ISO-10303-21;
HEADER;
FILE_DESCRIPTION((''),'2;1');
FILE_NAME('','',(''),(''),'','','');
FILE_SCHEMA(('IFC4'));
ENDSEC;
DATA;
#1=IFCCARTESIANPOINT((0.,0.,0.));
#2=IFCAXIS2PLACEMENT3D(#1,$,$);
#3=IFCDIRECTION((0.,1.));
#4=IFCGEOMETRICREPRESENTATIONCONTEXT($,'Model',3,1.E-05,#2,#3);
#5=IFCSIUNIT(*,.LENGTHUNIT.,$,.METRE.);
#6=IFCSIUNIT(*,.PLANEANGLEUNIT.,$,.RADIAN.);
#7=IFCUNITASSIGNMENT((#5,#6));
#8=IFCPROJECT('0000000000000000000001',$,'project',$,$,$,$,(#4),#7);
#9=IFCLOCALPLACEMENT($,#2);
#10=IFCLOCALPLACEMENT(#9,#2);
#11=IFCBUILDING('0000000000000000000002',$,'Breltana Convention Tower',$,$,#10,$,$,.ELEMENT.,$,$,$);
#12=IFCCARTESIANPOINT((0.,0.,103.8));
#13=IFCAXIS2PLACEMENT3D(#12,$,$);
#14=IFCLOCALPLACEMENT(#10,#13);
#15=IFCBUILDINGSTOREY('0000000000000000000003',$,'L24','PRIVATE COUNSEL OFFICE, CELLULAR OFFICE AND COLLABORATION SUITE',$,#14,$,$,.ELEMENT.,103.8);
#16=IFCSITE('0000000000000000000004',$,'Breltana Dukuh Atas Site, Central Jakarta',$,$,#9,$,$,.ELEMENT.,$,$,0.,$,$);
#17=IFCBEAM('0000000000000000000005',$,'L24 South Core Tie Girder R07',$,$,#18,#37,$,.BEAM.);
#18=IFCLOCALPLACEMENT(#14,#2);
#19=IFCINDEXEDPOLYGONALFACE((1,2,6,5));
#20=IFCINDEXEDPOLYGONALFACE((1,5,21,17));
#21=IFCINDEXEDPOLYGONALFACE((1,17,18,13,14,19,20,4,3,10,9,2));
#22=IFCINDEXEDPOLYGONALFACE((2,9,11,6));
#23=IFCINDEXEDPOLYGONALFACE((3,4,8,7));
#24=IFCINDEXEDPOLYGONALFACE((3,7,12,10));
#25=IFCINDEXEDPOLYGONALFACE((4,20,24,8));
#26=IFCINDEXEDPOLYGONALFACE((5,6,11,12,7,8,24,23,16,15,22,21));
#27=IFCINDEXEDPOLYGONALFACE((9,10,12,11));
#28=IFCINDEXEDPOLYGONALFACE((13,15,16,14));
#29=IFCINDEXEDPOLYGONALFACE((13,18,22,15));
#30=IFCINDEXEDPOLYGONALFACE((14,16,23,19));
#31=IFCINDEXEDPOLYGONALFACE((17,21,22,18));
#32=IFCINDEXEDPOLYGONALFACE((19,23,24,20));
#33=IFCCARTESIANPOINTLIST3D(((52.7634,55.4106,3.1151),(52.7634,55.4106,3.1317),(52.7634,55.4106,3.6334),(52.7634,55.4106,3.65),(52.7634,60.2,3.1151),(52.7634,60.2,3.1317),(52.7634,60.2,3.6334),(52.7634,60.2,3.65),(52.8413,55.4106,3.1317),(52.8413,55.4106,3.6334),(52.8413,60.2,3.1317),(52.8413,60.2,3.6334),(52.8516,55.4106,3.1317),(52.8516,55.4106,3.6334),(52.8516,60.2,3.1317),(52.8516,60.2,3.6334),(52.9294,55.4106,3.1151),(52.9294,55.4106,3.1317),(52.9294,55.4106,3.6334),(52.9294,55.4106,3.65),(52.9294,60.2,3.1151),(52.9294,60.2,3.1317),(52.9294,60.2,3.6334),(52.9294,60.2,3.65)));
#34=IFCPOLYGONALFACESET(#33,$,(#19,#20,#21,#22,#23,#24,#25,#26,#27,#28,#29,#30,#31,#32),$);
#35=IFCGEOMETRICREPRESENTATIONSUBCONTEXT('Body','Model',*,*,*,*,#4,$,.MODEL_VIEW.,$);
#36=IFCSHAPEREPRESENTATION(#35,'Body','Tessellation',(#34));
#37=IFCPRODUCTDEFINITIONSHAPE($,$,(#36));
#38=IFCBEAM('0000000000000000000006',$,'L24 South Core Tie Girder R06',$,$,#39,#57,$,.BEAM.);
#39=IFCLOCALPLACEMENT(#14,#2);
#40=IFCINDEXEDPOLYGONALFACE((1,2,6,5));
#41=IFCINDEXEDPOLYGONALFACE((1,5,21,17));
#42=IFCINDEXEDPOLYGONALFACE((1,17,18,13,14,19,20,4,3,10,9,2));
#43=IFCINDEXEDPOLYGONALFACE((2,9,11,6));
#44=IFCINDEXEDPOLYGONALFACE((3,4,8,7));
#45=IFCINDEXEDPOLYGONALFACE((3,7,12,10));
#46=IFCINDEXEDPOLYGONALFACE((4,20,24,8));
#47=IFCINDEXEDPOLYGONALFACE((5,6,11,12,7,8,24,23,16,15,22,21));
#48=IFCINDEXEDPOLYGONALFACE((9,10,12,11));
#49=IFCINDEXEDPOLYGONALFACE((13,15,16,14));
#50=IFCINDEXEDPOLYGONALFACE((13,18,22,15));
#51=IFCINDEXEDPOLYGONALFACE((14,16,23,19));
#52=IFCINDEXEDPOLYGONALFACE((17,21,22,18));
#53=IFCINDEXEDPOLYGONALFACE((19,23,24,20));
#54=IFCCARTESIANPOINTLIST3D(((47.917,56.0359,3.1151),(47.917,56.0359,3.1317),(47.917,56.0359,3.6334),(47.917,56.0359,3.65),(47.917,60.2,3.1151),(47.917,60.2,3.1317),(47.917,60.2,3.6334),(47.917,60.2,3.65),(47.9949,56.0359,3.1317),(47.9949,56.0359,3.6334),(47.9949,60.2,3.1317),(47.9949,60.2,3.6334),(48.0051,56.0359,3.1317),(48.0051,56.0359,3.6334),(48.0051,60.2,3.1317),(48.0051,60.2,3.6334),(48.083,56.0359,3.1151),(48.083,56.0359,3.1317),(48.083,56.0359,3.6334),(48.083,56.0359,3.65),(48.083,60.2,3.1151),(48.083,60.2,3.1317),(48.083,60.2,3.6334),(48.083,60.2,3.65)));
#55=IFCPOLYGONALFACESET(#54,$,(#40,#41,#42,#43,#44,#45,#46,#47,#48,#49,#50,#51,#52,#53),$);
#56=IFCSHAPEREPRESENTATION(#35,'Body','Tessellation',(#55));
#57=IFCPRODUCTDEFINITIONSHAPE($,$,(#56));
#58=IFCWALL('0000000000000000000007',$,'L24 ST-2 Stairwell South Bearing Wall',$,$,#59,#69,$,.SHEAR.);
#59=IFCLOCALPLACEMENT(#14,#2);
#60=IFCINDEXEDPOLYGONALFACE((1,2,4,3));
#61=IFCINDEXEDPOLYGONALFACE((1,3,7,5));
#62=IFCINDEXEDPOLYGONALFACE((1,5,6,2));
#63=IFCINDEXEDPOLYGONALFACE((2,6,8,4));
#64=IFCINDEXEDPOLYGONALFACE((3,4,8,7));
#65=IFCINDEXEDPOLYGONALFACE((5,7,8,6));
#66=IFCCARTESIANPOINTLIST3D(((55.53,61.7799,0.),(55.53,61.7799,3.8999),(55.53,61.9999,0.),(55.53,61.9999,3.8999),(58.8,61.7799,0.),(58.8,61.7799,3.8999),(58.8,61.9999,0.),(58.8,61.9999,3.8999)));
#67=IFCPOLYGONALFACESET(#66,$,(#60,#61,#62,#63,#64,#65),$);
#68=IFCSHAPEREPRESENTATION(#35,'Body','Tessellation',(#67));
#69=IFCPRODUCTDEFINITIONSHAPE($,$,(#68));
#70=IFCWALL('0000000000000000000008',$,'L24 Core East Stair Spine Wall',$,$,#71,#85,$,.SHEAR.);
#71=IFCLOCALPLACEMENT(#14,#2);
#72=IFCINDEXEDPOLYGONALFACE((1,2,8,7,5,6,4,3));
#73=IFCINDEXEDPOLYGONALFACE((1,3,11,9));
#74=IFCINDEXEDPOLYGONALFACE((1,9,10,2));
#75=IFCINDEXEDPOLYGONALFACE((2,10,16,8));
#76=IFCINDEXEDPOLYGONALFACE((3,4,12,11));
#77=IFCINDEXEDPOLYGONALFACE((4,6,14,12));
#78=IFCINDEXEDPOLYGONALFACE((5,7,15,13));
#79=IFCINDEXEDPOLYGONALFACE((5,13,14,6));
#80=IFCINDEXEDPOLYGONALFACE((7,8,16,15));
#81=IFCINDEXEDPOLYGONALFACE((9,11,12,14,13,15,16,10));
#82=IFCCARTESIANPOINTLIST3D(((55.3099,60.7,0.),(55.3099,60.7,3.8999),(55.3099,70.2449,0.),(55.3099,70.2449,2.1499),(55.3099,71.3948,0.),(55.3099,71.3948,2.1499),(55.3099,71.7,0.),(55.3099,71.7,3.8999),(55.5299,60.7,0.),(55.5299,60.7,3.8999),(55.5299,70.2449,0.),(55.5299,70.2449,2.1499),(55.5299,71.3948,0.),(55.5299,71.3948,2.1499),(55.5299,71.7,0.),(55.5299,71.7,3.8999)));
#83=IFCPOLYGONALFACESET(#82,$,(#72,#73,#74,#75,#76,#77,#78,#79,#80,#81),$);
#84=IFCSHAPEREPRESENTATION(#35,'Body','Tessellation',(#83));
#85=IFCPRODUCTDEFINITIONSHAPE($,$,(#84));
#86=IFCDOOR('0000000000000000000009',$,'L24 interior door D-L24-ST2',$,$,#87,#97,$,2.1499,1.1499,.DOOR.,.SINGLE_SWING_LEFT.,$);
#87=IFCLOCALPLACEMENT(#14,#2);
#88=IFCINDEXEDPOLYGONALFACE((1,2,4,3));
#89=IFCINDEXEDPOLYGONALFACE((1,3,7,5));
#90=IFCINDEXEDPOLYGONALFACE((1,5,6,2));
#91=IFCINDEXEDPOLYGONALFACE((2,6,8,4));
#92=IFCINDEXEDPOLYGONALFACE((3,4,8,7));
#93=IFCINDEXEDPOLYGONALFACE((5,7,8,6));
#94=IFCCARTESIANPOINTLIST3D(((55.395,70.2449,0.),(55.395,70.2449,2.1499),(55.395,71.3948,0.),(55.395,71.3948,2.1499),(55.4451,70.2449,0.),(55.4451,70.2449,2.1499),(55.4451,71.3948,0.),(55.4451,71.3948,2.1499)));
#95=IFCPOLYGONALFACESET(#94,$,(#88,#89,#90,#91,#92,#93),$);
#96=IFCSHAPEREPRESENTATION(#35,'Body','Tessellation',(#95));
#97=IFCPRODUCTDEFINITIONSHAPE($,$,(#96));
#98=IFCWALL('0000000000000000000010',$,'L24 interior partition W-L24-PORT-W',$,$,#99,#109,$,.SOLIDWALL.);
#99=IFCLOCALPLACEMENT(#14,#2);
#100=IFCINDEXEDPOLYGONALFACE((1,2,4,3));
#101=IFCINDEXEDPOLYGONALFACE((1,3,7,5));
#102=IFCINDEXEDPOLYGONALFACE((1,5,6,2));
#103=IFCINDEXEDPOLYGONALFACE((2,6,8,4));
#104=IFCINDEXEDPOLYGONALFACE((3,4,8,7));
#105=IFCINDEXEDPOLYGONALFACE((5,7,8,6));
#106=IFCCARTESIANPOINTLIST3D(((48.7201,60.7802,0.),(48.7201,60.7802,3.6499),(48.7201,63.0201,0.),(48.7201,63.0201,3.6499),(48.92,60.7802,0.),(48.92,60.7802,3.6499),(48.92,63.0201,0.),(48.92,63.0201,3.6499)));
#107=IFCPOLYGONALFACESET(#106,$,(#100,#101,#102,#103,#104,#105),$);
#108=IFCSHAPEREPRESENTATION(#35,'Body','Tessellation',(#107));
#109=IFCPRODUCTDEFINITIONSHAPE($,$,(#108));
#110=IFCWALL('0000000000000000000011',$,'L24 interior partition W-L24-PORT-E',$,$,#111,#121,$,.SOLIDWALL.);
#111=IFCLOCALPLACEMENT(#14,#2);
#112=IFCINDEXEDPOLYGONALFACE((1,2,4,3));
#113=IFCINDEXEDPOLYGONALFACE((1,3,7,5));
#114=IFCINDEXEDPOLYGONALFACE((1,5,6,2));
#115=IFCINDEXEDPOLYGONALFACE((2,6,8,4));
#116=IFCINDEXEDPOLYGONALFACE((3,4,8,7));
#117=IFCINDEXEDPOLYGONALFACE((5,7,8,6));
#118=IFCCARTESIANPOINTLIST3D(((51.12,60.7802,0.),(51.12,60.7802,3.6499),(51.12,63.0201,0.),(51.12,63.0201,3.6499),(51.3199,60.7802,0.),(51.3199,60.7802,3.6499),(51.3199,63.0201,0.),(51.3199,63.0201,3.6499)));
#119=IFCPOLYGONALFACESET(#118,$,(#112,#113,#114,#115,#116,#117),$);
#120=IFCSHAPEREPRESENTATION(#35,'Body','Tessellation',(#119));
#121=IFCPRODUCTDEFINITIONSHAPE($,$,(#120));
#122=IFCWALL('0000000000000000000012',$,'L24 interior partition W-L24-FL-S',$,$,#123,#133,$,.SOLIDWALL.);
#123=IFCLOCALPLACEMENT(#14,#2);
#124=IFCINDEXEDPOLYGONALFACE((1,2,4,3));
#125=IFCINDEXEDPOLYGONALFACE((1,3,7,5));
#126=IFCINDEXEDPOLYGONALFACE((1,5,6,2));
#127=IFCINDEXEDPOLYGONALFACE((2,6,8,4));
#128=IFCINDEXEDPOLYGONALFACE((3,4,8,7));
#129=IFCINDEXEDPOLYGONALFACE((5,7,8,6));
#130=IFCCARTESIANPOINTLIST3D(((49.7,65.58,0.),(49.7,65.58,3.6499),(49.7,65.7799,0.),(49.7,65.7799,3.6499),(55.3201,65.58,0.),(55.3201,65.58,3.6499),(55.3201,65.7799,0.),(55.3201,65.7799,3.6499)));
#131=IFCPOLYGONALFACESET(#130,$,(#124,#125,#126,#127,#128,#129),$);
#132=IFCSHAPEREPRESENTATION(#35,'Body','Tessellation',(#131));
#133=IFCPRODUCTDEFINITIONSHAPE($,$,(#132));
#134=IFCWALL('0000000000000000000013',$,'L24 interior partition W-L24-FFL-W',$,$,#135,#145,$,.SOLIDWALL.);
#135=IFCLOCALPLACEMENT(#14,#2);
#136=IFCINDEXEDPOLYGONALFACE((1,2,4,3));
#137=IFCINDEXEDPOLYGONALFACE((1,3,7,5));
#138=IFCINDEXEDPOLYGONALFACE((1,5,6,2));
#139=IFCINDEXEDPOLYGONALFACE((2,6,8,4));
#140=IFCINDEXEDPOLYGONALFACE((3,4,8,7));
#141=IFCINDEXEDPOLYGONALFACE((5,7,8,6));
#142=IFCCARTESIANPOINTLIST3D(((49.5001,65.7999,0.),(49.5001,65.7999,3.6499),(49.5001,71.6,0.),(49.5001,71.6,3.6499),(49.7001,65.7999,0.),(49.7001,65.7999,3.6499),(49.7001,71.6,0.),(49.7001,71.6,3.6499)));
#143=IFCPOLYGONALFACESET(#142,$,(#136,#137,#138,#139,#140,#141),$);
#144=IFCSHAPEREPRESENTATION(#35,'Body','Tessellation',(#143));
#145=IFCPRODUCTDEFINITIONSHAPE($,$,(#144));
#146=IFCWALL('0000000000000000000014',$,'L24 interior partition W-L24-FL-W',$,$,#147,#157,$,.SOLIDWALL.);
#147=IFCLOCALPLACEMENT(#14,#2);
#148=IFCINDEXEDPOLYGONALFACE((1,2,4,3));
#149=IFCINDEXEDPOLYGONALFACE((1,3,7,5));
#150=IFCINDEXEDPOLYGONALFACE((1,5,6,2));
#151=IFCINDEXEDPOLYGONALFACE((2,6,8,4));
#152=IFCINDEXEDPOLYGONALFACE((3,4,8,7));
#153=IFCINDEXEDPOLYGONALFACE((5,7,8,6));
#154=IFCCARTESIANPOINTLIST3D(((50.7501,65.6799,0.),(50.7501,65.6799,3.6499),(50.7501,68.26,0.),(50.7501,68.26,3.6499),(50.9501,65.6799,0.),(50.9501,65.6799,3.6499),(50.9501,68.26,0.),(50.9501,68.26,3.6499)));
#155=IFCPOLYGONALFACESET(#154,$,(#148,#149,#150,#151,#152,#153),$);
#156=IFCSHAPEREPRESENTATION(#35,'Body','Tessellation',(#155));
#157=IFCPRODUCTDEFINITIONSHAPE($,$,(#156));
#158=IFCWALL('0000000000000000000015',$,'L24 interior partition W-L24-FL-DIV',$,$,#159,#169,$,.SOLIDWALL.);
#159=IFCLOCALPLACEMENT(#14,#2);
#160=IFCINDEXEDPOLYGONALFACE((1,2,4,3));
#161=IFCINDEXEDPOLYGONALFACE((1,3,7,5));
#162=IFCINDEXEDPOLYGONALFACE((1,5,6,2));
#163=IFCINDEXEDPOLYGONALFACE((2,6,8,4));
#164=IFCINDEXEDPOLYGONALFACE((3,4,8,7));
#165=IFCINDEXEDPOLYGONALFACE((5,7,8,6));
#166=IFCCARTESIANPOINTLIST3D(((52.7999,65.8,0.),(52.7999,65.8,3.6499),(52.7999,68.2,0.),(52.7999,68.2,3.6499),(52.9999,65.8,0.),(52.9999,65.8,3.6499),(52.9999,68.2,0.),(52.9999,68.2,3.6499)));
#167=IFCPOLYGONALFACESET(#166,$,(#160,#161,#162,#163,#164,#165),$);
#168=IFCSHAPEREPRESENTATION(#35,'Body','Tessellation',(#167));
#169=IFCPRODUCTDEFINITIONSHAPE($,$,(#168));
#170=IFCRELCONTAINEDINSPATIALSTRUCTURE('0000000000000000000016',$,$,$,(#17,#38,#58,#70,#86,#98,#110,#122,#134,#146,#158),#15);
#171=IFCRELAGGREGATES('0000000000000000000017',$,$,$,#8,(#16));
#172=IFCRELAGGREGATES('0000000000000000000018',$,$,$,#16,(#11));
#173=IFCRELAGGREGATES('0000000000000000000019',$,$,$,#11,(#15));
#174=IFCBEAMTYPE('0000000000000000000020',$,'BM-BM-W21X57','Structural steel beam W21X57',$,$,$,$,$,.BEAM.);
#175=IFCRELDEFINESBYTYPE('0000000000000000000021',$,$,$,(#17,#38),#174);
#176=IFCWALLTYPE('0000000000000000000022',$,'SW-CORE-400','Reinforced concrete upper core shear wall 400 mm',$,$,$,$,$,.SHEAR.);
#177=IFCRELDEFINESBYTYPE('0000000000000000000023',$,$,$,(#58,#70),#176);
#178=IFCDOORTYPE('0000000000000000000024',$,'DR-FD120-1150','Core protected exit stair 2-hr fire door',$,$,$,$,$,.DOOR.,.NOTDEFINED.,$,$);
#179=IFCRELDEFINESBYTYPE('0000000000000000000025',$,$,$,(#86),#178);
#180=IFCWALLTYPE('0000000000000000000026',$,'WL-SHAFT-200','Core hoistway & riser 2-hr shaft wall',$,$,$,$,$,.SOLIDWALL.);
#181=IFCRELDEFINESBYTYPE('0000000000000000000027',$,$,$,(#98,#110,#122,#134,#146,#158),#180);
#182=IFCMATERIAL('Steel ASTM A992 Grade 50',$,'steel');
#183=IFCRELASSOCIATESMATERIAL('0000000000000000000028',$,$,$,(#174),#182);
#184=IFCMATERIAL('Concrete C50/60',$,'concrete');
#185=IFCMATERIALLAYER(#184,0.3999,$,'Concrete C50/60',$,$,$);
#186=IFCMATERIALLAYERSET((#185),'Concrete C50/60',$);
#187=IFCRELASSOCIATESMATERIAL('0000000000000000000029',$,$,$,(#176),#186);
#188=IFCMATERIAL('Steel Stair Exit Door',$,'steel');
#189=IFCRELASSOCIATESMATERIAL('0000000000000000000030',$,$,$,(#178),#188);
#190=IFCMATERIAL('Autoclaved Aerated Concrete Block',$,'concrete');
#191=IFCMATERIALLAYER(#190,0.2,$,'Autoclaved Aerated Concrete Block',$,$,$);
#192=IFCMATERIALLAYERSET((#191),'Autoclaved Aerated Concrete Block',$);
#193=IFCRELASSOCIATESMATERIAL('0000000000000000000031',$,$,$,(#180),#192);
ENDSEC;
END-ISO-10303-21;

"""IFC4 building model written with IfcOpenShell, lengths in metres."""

from ifc_helpers import new_model, si_unit, direction, frame, frame_2d, origin, origin_2d, place, context, subcontext, project, spatial, rectangle, i_section, extrude, source, transform, mapped, material, layer, layer_set, material_profile, profile_set, type_object, type_shapes, element, fill, save


model = new_model("IFC4")

# Units and contexts
model_context = context("Model", 3, precision=1e-05, world=origin(), true_north=direction((0.0, 1.0)))
body_context = subcontext(model_context, "Body", "Model", "MODEL_VIEW")
ifc_project = project(units=[si_unit("LENGTHUNIT", "METRE"), si_unit("PLANEANGLEUNIT", "RADIAN")], contexts=[model_context])

# Site, building, storey
site_placement = place(None, origin())
site = spatial("IfcSite", under=ifc_project, at=site_placement, Name="Breltana Dukuh Atas Site, Central Jakarta", CompositionType="ELEMENT", RefElevation=0.0)
building_placement = place(site_placement, origin())
building = spatial("IfcBuilding", under=site, at=building_placement, Name="Breltana Convention Tower", CompositionType="ELEMENT")
storey_placement = place(building_placement, frame((0.0, 0.0, 103.8)))
storey = spatial("IfcBuildingStorey", under=building, at=storey_placement, Name="L24", Description="PRIVATE COUNSEL OFFICE, CELLULAR OFFICE AND COLLABORATION SUITE", CompositionType="ELEMENT", Elevation=103.8)

# Beams
ifc_material_1 = material(Name="Steel ASTM A992 Grade 50", Category="steel")
ifc_material_profile = material_profile(ifc_material_1, i_section(OverallWidth=0.166, OverallDepth=0.5349, WebThickness=0.0103, FlangeThickness=0.0166, at=origin_2d()), Name="W21X57")
ifc_profile_set = profile_set([ifc_material_profile], Name="Steel ASTM A992 Grade 50")
beam_type = type_object("IfcBeamType", Name="BM-BM-W21X57", Description="Structural steel beam W21X57", PredefinedType="BEAM", material=ifc_profile_set)
shared_shape_1 = source(origin(), body_context, "Body", "SweptSolid", [
    extrude(i_section(OverallWidth=0.166, OverallDepth=0.5349, WebThickness=0.0103, FlangeThickness=0.0166, at=origin_2d()), origin(), (0.0, 0.0, 1.0), 4.7893),
])
beam_1_placement = place(storey_placement, frame((52.8464, 60.2, 3.3826), z_axis=(0.0, -1.0, 0.0), x_axis=(1.0, 0.0, 0.0)))
element("IfcBeam", 1, at=beam_1_placement, inside=storey, type_object=beam_type, Name="L24 South Core Tie Girder R07", PredefinedType="BEAM", context=body_context, shape_type="MappedRepresentation", body=[
    mapped(shared_shape_1, transform((0.0, 0.0, 0.0), scale=1.0)),
])
shared_shape_2 = source(origin(), body_context, "Body", "SweptSolid", [
    extrude(i_section(OverallWidth=0.166, OverallDepth=0.5349, WebThickness=0.0103, FlangeThickness=0.0166, at=origin_2d()), origin(), (0.0, 0.0, 1.0), 4.1641),
])
beam_2_placement = place(storey_placement, frame((48.0, 60.2, 3.3826), z_axis=(0.0, -1.0, 0.0), x_axis=(1.0, 0.0, 0.0)))
element("IfcBeam", 2, at=beam_2_placement, inside=storey, type_object=beam_type, Name="L24 South Core Tie Girder R06", PredefinedType="BEAM", context=body_context, shape_type="MappedRepresentation", body=[
    mapped(shared_shape_2, transform((0.0, 0.0, 0.0), scale=1.0)),
])

# Wall
ifc_material_2 = material(Name="Concrete C50/60", Category="concrete")
ifc_layer_1 = layer(ifc_material_2, 0.3999, Name="Concrete C50/60")
ifc_layer_set_1 = layer_set([ifc_layer_1], Name="Concrete C50/60")
wall_type_1 = type_object("IfcWallType", Name="SW-CORE-400", Description="Reinforced concrete upper core shear wall 400 mm", PredefinedType="SHEAR", material=ifc_layer_set_1)
shared_shape_3 = source(origin(), body_context, "Body", "SweptSolid", [
    extrude(rectangle(XDim=3.27, YDim=0.22, at=frame_2d((1.635, 0.0))), origin(), (0.0, 0.0, 1.0), 3.8999),
])
wall_1_placement = place(storey_placement, frame((55.53, 61.8899, 0.0), z_axis=(0.0, 0.0, 1.0), x_axis=(1.0, 0.0, 0.0)))
element("IfcWall", 3, at=wall_1_placement, inside=storey, type_object=wall_type_1, Name="L24 ST-2 Stairwell South Bearing Wall", PredefinedType="SHEAR", context=body_context, shape_type="MappedRepresentation", body=[
    mapped(shared_shape_3, transform((0.0, 0.0, 0.0), scale=1.0)),
])

# Wall, opening, door
shared_shape_4 = source(origin(), body_context, "Body", "SweptSolid", [
    extrude(rectangle(XDim=11.0, YDim=0.22, at=frame_2d((5.5, 0.0))), origin(), (0.0, 0.0, 1.0), 3.8999),
])
wall_2_placement = place(storey_placement, frame((55.4199, 60.7, 0.0), z_axis=(0.0, 0.0, 1.0), x_axis=(0.0, 1.0, 0.0)))
wall_2 = element("IfcWall", 4, at=wall_2_placement, inside=storey, type_object=wall_type_1, Name="L24 Core East Stair Spine Wall", PredefinedType="SHEAR", context=body_context, shape_type="MappedRepresentation", body=[
    mapped(shared_shape_4, transform((0.0, 0.0, 0.0), scale=1.0)),
])
opening_1_placement = place(wall_2_placement, frame((9.5449, 0.0, 0.0)))
opening_1 = element("IfcOpeningElement", 5, at=opening_1_placement, cuts=wall_2, PredefinedType="OPENING", context=body_context, shape_type="SweptSolid", body=[
    extrude(rectangle(XDim=1.1499, YDim=2.1499, at=frame_2d((0.575, 1.075))), frame((0.0, 0.1201, 0.0), z_axis=(0.0, -1.0, 0.0), x_axis=(1.0, 0.0, 0.0)), (0.0, 0.0, 1.0), 0.24),
])
ifc_material_3 = material(Name="Steel Stair Exit Door", Category="steel")
door_type_1 = type_object("IfcDoorType", Name="DR-FD120-1150", Description="Core protected exit stair 2-hr fire door", OperationType="NOTDEFINED", PredefinedType="DOOR", material=ifc_material_3)
shared_shape_5 = source(origin(), body_context, "Body", "SweptSolid", [
    extrude(rectangle(XDim=1.1499, YDim=2.1499, at=frame_2d((0.575, 1.075))), frame((0.0, 0.0249, 0.0), z_axis=(0.0, -1.0, 0.0), x_axis=(1.0, 0.0, 0.0)), (0.0, 0.0, 1.0), 0.05),
])
type_shapes(door_type_1, [shared_shape_5])
door_1_placement = place(opening_1_placement, origin())
door_1 = element("IfcDoor", 6, at=door_1_placement, inside=storey, type_object=door_type_1, Name="L24 interior door D-L24-ST2", OperationType="SINGLE_SWING_LEFT", OverallHeight=2.1499, OverallWidth=1.1499, PredefinedType="DOOR", context=body_context, shape_type="MappedRepresentation", body=[
    mapped(shared_shape_5, transform((0.0, 0.0, 0.0), scale=1.0)),
])
fill(opening_1, door_1)

# Walls
ifc_material_4 = material(Name="Autoclaved Aerated Concrete Block", Category="concrete")
ifc_layer_2 = layer(ifc_material_4, 0.2, Name="Autoclaved Aerated Concrete Block")
ifc_layer_set_2 = layer_set([ifc_layer_2], Name="Autoclaved Aerated Concrete Block")
wall_type_2 = type_object("IfcWallType", Name="WL-SHAFT-200", Description="Core hoistway & riser 2-hr shaft wall", PredefinedType="SOLIDWALL", material=ifc_layer_set_2)
shared_shape_6 = source(origin(), body_context, "Body", "SweptSolid", [
    extrude(rectangle(XDim=2.24, YDim=0.2, at=frame_2d((1.1201, 0.0))), origin(), (0.0, 0.0, 1.0), 3.6499),
])
for number, where, z_axis, x_axis, name in (
    (7, (48.8201, 60.78, 0.0), (0.0, 0.0, 1.0), (0.0, 1.0, 0.0), "L24 interior partition W-L24-PORT-W"),
    (8, (51.22, 60.78, 0.0), (0.0, 0.0, 1.0), (0.0, 1.0, 0.0), "L24 interior partition W-L24-PORT-E"),
):
    element("IfcWall", number, at=place(storey_placement, frame(where, z_axis=z_axis, x_axis=x_axis)), inside=storey, type_object=wall_type_2, Name=name, PredefinedType="SOLIDWALL", context=body_context, shape_type="MappedRepresentation", body=[
        mapped(shared_shape_6, transform((0.0, 0.0, 0.0), scale=1.0)),
    ])

# Shared definitions
shared_shape_7 = source(origin(), body_context, "Body", "SweptSolid", [
    extrude(rectangle(XDim=5.6201, YDim=0.2, at=frame_2d((2.8101, 0.0))), origin(), (0.0, 0.0, 1.0), 3.6499),
])

# Walls
wall_3_placement = place(storey_placement, frame((49.7, 65.6799, 0.0), z_axis=(0.0, 0.0, 1.0), x_axis=(1.0, 0.0, 0.0)))
element("IfcWall", 9, at=wall_3_placement, inside=storey, type_object=wall_type_2, Name="L24 interior partition W-L24-FL-S", PredefinedType="SOLIDWALL", context=body_context, shape_type="MappedRepresentation", body=[
    mapped(shared_shape_7, transform((0.0, 0.0, 0.0), scale=1.0)),
])
shared_shape_8 = source(origin(), body_context, "Body", "SweptSolid", [
    extrude(rectangle(XDim=5.8, YDim=0.2, at=frame_2d((2.8999, 0.0))), origin(), (0.0, 0.0, 1.0), 3.6499),
])
wall_4_placement = place(storey_placement, frame((49.6001, 65.8, 0.0), z_axis=(0.0, 0.0, 1.0), x_axis=(0.0, 1.0, 0.0)))
element("IfcWall", 10, at=wall_4_placement, inside=storey, type_object=wall_type_2, Name="L24 interior partition W-L24-FFL-W", PredefinedType="SOLIDWALL", context=body_context, shape_type="MappedRepresentation", body=[
    mapped(shared_shape_8, transform((0.0, 0.0, 0.0), scale=1.0)),
])
shared_shape_9 = source(origin(), body_context, "Body", "SweptSolid", [
    extrude(rectangle(XDim=2.5801, YDim=0.2, at=frame_2d((1.29, 0.0))), origin(), (0.0, 0.0, 1.0), 3.6499),
])
wall_5_placement = place(storey_placement, frame((50.8501, 65.6799, 0.0), z_axis=(0.0, 0.0, 1.0), x_axis=(0.0, 1.0, 0.0)))
element("IfcWall", 11, at=wall_5_placement, inside=storey, type_object=wall_type_2, Name="L24 interior partition W-L24-FL-W", PredefinedType="SOLIDWALL", context=body_context, shape_type="MappedRepresentation", body=[
    mapped(shared_shape_9, transform((0.0, 0.0, 0.0), scale=1.0)),
])
shared_shape_10 = source(origin(), body_context, "Body", "SweptSolid", [
    extrude(rectangle(XDim=2.3999, YDim=0.2, at=frame_2d((1.2, 0.0))), origin(), (0.0, 0.0, 1.0), 3.6499),
])
for number, where, z_axis, x_axis, name in (
    (12, (52.8999, 65.8, 0.0), (0.0, 0.0, 1.0), (0.0, 1.0, 0.0), "L24 interior partition W-L24-FL-DIV"),
):
    element("IfcWall", number, at=place(storey_placement, frame(where, z_axis=z_axis, x_axis=x_axis)), inside=storey, type_object=wall_type_2, Name=name, PredefinedType="SOLIDWALL", context=body_context, shape_type="MappedRepresentation", body=[
        mapped(shared_shape_10, transform((0.0, 0.0, 0.0), scale=1.0)),
    ])

save(model, "model.ifc")
